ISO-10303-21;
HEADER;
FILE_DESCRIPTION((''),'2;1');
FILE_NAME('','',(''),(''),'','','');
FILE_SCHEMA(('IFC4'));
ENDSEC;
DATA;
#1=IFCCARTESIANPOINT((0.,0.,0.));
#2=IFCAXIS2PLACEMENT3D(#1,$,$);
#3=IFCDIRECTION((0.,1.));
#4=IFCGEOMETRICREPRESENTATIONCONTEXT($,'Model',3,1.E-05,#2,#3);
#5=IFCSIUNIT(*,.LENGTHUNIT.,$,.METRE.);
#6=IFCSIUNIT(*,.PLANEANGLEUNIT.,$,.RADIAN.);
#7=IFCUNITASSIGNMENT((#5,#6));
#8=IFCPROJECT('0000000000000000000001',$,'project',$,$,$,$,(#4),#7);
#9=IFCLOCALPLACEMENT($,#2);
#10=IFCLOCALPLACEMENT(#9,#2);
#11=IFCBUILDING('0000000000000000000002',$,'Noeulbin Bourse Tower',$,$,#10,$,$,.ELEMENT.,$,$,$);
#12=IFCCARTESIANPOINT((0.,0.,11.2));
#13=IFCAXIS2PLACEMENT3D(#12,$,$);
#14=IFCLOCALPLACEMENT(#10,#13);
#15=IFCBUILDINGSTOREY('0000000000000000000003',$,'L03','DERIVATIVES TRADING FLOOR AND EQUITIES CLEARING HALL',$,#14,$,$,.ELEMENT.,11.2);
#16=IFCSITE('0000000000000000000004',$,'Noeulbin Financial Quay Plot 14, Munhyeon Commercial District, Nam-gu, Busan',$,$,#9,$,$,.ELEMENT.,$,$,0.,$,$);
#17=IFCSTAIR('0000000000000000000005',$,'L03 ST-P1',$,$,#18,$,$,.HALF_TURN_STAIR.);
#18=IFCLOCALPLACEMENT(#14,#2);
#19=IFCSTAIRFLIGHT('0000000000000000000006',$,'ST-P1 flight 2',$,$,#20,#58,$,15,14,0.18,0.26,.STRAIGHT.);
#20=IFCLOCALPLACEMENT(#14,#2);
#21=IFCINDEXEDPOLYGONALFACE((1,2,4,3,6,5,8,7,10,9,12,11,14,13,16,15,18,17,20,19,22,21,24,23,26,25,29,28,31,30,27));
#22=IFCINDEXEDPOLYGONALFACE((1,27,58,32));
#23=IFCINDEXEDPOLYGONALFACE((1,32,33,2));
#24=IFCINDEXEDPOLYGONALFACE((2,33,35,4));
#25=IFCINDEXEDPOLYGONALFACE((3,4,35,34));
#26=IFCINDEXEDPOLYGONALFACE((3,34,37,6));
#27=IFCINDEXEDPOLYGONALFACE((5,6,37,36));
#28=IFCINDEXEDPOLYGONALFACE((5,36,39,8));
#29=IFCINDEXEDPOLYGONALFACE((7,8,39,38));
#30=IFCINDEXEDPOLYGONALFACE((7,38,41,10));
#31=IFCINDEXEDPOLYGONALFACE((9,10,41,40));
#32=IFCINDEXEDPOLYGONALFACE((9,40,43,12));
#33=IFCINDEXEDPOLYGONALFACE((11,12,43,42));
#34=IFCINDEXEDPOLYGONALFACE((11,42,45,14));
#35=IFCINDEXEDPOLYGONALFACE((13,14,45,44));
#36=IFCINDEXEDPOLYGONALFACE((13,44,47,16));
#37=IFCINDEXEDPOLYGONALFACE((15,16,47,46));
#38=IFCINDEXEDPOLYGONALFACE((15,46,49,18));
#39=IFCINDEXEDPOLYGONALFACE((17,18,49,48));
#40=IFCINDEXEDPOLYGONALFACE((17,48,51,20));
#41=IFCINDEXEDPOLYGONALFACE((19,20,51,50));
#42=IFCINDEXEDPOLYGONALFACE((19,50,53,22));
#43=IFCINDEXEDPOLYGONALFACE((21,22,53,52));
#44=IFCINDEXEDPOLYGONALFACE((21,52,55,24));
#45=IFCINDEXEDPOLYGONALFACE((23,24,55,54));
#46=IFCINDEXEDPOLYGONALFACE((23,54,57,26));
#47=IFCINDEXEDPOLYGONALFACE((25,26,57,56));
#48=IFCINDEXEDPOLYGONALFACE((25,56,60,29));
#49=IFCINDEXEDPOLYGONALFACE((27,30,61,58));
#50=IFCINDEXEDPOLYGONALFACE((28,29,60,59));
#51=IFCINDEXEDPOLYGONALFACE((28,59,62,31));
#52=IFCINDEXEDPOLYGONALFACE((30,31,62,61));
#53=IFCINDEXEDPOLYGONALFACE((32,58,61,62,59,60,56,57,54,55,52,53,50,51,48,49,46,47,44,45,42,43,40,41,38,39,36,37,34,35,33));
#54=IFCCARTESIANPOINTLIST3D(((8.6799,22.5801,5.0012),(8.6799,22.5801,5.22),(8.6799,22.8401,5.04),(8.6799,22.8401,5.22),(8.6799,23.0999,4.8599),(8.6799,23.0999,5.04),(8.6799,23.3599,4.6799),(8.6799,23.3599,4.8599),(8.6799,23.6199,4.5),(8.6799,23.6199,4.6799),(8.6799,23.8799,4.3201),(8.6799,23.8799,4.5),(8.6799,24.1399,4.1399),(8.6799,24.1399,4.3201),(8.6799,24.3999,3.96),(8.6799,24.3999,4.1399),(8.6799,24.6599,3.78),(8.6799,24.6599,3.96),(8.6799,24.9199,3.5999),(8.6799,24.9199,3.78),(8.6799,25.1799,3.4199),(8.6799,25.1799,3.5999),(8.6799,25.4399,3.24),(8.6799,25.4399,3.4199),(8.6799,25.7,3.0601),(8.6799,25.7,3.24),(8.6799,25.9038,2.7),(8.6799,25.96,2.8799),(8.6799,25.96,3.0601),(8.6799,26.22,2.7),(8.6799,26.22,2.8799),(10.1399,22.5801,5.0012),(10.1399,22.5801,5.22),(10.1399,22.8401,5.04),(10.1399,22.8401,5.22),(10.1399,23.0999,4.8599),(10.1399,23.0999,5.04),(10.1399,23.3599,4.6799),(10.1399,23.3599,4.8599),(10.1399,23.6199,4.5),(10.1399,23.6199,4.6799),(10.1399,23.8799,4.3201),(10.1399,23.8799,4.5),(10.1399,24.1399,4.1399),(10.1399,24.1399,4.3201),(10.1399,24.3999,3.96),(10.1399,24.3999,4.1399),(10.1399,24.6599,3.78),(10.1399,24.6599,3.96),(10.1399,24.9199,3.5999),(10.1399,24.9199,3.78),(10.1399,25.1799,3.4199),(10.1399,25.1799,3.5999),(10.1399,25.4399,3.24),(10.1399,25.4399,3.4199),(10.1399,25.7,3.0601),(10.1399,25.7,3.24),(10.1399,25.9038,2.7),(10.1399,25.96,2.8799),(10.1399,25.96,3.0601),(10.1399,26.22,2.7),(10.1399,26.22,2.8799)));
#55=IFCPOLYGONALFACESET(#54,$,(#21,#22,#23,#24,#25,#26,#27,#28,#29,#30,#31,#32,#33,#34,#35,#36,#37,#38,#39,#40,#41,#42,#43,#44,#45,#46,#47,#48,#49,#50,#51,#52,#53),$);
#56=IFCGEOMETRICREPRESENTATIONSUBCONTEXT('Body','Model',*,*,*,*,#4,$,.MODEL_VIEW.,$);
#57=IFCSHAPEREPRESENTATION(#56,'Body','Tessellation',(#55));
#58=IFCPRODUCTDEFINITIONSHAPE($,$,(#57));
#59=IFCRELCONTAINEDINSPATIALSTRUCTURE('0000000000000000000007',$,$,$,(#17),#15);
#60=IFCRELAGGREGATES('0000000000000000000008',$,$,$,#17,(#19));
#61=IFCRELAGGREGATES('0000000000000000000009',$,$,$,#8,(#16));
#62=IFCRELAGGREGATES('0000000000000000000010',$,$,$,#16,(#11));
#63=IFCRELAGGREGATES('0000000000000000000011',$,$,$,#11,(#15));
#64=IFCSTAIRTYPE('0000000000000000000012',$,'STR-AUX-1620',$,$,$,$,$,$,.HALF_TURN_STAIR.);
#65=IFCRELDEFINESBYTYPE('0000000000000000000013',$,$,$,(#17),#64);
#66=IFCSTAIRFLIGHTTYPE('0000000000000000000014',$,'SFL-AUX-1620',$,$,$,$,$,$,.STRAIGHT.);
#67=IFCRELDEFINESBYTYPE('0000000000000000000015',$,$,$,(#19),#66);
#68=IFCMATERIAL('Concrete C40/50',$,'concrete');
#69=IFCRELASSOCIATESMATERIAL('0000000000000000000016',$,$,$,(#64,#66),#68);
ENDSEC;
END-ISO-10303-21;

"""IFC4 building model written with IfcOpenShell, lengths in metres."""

from ifc_helpers import new_model, si_unit, direction, frame, origin, place, context, subcontext, project, spatial, polyline, outline, extrude, material, type_object, element, aggregate, save


model = new_model("IFC4")

# Units and contexts
model_context = context("Model", 3, precision=1e-05, world=origin(), true_north=direction((0.0, 1.0)))
body_context = subcontext(model_context, "Body", "Model", "MODEL_VIEW")
ifc_project = project(units=[si_unit("LENGTHUNIT", "METRE"), si_unit("PLANEANGLEUNIT", "RADIAN")], contexts=[model_context])

# Site, building, storey
site_placement = place(None, origin())
site = spatial("IfcSite", under=ifc_project, at=site_placement, Name="Noeulbin Financial Quay Plot 14, Munhyeon Commercial District, Nam-gu, Busan", CompositionType="ELEMENT", RefElevation=0.0)
building_placement = place(site_placement, origin())
building = spatial("IfcBuilding", under=site, at=building_placement, Name="Noeulbin Bourse Tower", CompositionType="ELEMENT")
storey_placement = place(building_placement, frame((0.0, 0.0, 11.2)))
storey = spatial("IfcBuildingStorey", under=building, at=storey_placement, Name="L03", Description="DERIVATIVES TRADING FLOOR AND EQUITIES CLEARING HALL", CompositionType="ELEMENT", Elevation=11.2)

# Shared definitions
ifc_material_1 = material(Name="Concrete C40/50", Category="concrete")

# Stair, stair flight
stair_type = type_object("IfcStairType", Name="STR-AUX-1620", PredefinedType="HALF_TURN_STAIR", material=ifc_material_1)
stair_placement = place(storey_placement, origin())
stair = element("IfcStair", 1, at=stair_placement, inside=storey, type_object=stair_type, Name="L03 ST-P1", PredefinedType="HALF_TURN_STAIR")
stair_flight_type = type_object("IfcStairFlightType", Name="SFL-AUX-1620", PredefinedType="STRAIGHT", material=ifc_material_1)
stair_flight_1_placement = place(storey_placement, frame((9.4099, 26.22, 2.7), z_axis=(0.0, 0.0, 1.0), x_axis=(0.0, -1.0, 0.0)))
stair_flight_1 = element("IfcStairFlight", 2, at=stair_flight_1_placement, type_object=stair_flight_type, Name="ST-P1 flight 2", NumberOfRisers=15, NumberOfTreads=14, PredefinedType="STRAIGHT", RiserHeight=0.18, TreadLength=0.26, context=body_context, shape_type="SweptSolid", body=[
    extrude(outline(polyline([(0.0, 0.0), (0.0, 0.1799), (0.26, 0.1799), (0.26, 0.3601), (0.52, 0.3601), (0.52, 0.54), (0.78, 0.54), (0.78, 0.72), (1.04, 0.72), (1.04, 0.8999), (1.3, 0.8999), (1.3, 1.0801), (1.5601, 1.0801), (1.5601, 1.26), (1.8201, 1.26), (1.8201, 1.4399), (2.0801, 1.4399), (2.0801, 1.6201), (2.3401, 1.6201), (2.3401, 1.8), (2.6001, 1.8), (2.6001, 1.98), (2.8601, 1.98), (2.8601, 2.1599), (3.1201, 2.1599), (3.1201, 2.3401), (3.3799, 2.3401), (3.3799, 2.52), (3.6399, 2.52), (3.6399, 2.7), (3.6399, 2.3013), (0.3162, 0.0), (0.0, 0.0)])), frame((0.0, 0.73, 0.0), z_axis=(0.0, -1.0, 0.0), x_axis=(1.0, 0.0, 0.0)), (0.0, 0.0, 1.0), 1.46),
])
aggregate(stair, [stair_flight_1])

save(model, "model.ifc")
